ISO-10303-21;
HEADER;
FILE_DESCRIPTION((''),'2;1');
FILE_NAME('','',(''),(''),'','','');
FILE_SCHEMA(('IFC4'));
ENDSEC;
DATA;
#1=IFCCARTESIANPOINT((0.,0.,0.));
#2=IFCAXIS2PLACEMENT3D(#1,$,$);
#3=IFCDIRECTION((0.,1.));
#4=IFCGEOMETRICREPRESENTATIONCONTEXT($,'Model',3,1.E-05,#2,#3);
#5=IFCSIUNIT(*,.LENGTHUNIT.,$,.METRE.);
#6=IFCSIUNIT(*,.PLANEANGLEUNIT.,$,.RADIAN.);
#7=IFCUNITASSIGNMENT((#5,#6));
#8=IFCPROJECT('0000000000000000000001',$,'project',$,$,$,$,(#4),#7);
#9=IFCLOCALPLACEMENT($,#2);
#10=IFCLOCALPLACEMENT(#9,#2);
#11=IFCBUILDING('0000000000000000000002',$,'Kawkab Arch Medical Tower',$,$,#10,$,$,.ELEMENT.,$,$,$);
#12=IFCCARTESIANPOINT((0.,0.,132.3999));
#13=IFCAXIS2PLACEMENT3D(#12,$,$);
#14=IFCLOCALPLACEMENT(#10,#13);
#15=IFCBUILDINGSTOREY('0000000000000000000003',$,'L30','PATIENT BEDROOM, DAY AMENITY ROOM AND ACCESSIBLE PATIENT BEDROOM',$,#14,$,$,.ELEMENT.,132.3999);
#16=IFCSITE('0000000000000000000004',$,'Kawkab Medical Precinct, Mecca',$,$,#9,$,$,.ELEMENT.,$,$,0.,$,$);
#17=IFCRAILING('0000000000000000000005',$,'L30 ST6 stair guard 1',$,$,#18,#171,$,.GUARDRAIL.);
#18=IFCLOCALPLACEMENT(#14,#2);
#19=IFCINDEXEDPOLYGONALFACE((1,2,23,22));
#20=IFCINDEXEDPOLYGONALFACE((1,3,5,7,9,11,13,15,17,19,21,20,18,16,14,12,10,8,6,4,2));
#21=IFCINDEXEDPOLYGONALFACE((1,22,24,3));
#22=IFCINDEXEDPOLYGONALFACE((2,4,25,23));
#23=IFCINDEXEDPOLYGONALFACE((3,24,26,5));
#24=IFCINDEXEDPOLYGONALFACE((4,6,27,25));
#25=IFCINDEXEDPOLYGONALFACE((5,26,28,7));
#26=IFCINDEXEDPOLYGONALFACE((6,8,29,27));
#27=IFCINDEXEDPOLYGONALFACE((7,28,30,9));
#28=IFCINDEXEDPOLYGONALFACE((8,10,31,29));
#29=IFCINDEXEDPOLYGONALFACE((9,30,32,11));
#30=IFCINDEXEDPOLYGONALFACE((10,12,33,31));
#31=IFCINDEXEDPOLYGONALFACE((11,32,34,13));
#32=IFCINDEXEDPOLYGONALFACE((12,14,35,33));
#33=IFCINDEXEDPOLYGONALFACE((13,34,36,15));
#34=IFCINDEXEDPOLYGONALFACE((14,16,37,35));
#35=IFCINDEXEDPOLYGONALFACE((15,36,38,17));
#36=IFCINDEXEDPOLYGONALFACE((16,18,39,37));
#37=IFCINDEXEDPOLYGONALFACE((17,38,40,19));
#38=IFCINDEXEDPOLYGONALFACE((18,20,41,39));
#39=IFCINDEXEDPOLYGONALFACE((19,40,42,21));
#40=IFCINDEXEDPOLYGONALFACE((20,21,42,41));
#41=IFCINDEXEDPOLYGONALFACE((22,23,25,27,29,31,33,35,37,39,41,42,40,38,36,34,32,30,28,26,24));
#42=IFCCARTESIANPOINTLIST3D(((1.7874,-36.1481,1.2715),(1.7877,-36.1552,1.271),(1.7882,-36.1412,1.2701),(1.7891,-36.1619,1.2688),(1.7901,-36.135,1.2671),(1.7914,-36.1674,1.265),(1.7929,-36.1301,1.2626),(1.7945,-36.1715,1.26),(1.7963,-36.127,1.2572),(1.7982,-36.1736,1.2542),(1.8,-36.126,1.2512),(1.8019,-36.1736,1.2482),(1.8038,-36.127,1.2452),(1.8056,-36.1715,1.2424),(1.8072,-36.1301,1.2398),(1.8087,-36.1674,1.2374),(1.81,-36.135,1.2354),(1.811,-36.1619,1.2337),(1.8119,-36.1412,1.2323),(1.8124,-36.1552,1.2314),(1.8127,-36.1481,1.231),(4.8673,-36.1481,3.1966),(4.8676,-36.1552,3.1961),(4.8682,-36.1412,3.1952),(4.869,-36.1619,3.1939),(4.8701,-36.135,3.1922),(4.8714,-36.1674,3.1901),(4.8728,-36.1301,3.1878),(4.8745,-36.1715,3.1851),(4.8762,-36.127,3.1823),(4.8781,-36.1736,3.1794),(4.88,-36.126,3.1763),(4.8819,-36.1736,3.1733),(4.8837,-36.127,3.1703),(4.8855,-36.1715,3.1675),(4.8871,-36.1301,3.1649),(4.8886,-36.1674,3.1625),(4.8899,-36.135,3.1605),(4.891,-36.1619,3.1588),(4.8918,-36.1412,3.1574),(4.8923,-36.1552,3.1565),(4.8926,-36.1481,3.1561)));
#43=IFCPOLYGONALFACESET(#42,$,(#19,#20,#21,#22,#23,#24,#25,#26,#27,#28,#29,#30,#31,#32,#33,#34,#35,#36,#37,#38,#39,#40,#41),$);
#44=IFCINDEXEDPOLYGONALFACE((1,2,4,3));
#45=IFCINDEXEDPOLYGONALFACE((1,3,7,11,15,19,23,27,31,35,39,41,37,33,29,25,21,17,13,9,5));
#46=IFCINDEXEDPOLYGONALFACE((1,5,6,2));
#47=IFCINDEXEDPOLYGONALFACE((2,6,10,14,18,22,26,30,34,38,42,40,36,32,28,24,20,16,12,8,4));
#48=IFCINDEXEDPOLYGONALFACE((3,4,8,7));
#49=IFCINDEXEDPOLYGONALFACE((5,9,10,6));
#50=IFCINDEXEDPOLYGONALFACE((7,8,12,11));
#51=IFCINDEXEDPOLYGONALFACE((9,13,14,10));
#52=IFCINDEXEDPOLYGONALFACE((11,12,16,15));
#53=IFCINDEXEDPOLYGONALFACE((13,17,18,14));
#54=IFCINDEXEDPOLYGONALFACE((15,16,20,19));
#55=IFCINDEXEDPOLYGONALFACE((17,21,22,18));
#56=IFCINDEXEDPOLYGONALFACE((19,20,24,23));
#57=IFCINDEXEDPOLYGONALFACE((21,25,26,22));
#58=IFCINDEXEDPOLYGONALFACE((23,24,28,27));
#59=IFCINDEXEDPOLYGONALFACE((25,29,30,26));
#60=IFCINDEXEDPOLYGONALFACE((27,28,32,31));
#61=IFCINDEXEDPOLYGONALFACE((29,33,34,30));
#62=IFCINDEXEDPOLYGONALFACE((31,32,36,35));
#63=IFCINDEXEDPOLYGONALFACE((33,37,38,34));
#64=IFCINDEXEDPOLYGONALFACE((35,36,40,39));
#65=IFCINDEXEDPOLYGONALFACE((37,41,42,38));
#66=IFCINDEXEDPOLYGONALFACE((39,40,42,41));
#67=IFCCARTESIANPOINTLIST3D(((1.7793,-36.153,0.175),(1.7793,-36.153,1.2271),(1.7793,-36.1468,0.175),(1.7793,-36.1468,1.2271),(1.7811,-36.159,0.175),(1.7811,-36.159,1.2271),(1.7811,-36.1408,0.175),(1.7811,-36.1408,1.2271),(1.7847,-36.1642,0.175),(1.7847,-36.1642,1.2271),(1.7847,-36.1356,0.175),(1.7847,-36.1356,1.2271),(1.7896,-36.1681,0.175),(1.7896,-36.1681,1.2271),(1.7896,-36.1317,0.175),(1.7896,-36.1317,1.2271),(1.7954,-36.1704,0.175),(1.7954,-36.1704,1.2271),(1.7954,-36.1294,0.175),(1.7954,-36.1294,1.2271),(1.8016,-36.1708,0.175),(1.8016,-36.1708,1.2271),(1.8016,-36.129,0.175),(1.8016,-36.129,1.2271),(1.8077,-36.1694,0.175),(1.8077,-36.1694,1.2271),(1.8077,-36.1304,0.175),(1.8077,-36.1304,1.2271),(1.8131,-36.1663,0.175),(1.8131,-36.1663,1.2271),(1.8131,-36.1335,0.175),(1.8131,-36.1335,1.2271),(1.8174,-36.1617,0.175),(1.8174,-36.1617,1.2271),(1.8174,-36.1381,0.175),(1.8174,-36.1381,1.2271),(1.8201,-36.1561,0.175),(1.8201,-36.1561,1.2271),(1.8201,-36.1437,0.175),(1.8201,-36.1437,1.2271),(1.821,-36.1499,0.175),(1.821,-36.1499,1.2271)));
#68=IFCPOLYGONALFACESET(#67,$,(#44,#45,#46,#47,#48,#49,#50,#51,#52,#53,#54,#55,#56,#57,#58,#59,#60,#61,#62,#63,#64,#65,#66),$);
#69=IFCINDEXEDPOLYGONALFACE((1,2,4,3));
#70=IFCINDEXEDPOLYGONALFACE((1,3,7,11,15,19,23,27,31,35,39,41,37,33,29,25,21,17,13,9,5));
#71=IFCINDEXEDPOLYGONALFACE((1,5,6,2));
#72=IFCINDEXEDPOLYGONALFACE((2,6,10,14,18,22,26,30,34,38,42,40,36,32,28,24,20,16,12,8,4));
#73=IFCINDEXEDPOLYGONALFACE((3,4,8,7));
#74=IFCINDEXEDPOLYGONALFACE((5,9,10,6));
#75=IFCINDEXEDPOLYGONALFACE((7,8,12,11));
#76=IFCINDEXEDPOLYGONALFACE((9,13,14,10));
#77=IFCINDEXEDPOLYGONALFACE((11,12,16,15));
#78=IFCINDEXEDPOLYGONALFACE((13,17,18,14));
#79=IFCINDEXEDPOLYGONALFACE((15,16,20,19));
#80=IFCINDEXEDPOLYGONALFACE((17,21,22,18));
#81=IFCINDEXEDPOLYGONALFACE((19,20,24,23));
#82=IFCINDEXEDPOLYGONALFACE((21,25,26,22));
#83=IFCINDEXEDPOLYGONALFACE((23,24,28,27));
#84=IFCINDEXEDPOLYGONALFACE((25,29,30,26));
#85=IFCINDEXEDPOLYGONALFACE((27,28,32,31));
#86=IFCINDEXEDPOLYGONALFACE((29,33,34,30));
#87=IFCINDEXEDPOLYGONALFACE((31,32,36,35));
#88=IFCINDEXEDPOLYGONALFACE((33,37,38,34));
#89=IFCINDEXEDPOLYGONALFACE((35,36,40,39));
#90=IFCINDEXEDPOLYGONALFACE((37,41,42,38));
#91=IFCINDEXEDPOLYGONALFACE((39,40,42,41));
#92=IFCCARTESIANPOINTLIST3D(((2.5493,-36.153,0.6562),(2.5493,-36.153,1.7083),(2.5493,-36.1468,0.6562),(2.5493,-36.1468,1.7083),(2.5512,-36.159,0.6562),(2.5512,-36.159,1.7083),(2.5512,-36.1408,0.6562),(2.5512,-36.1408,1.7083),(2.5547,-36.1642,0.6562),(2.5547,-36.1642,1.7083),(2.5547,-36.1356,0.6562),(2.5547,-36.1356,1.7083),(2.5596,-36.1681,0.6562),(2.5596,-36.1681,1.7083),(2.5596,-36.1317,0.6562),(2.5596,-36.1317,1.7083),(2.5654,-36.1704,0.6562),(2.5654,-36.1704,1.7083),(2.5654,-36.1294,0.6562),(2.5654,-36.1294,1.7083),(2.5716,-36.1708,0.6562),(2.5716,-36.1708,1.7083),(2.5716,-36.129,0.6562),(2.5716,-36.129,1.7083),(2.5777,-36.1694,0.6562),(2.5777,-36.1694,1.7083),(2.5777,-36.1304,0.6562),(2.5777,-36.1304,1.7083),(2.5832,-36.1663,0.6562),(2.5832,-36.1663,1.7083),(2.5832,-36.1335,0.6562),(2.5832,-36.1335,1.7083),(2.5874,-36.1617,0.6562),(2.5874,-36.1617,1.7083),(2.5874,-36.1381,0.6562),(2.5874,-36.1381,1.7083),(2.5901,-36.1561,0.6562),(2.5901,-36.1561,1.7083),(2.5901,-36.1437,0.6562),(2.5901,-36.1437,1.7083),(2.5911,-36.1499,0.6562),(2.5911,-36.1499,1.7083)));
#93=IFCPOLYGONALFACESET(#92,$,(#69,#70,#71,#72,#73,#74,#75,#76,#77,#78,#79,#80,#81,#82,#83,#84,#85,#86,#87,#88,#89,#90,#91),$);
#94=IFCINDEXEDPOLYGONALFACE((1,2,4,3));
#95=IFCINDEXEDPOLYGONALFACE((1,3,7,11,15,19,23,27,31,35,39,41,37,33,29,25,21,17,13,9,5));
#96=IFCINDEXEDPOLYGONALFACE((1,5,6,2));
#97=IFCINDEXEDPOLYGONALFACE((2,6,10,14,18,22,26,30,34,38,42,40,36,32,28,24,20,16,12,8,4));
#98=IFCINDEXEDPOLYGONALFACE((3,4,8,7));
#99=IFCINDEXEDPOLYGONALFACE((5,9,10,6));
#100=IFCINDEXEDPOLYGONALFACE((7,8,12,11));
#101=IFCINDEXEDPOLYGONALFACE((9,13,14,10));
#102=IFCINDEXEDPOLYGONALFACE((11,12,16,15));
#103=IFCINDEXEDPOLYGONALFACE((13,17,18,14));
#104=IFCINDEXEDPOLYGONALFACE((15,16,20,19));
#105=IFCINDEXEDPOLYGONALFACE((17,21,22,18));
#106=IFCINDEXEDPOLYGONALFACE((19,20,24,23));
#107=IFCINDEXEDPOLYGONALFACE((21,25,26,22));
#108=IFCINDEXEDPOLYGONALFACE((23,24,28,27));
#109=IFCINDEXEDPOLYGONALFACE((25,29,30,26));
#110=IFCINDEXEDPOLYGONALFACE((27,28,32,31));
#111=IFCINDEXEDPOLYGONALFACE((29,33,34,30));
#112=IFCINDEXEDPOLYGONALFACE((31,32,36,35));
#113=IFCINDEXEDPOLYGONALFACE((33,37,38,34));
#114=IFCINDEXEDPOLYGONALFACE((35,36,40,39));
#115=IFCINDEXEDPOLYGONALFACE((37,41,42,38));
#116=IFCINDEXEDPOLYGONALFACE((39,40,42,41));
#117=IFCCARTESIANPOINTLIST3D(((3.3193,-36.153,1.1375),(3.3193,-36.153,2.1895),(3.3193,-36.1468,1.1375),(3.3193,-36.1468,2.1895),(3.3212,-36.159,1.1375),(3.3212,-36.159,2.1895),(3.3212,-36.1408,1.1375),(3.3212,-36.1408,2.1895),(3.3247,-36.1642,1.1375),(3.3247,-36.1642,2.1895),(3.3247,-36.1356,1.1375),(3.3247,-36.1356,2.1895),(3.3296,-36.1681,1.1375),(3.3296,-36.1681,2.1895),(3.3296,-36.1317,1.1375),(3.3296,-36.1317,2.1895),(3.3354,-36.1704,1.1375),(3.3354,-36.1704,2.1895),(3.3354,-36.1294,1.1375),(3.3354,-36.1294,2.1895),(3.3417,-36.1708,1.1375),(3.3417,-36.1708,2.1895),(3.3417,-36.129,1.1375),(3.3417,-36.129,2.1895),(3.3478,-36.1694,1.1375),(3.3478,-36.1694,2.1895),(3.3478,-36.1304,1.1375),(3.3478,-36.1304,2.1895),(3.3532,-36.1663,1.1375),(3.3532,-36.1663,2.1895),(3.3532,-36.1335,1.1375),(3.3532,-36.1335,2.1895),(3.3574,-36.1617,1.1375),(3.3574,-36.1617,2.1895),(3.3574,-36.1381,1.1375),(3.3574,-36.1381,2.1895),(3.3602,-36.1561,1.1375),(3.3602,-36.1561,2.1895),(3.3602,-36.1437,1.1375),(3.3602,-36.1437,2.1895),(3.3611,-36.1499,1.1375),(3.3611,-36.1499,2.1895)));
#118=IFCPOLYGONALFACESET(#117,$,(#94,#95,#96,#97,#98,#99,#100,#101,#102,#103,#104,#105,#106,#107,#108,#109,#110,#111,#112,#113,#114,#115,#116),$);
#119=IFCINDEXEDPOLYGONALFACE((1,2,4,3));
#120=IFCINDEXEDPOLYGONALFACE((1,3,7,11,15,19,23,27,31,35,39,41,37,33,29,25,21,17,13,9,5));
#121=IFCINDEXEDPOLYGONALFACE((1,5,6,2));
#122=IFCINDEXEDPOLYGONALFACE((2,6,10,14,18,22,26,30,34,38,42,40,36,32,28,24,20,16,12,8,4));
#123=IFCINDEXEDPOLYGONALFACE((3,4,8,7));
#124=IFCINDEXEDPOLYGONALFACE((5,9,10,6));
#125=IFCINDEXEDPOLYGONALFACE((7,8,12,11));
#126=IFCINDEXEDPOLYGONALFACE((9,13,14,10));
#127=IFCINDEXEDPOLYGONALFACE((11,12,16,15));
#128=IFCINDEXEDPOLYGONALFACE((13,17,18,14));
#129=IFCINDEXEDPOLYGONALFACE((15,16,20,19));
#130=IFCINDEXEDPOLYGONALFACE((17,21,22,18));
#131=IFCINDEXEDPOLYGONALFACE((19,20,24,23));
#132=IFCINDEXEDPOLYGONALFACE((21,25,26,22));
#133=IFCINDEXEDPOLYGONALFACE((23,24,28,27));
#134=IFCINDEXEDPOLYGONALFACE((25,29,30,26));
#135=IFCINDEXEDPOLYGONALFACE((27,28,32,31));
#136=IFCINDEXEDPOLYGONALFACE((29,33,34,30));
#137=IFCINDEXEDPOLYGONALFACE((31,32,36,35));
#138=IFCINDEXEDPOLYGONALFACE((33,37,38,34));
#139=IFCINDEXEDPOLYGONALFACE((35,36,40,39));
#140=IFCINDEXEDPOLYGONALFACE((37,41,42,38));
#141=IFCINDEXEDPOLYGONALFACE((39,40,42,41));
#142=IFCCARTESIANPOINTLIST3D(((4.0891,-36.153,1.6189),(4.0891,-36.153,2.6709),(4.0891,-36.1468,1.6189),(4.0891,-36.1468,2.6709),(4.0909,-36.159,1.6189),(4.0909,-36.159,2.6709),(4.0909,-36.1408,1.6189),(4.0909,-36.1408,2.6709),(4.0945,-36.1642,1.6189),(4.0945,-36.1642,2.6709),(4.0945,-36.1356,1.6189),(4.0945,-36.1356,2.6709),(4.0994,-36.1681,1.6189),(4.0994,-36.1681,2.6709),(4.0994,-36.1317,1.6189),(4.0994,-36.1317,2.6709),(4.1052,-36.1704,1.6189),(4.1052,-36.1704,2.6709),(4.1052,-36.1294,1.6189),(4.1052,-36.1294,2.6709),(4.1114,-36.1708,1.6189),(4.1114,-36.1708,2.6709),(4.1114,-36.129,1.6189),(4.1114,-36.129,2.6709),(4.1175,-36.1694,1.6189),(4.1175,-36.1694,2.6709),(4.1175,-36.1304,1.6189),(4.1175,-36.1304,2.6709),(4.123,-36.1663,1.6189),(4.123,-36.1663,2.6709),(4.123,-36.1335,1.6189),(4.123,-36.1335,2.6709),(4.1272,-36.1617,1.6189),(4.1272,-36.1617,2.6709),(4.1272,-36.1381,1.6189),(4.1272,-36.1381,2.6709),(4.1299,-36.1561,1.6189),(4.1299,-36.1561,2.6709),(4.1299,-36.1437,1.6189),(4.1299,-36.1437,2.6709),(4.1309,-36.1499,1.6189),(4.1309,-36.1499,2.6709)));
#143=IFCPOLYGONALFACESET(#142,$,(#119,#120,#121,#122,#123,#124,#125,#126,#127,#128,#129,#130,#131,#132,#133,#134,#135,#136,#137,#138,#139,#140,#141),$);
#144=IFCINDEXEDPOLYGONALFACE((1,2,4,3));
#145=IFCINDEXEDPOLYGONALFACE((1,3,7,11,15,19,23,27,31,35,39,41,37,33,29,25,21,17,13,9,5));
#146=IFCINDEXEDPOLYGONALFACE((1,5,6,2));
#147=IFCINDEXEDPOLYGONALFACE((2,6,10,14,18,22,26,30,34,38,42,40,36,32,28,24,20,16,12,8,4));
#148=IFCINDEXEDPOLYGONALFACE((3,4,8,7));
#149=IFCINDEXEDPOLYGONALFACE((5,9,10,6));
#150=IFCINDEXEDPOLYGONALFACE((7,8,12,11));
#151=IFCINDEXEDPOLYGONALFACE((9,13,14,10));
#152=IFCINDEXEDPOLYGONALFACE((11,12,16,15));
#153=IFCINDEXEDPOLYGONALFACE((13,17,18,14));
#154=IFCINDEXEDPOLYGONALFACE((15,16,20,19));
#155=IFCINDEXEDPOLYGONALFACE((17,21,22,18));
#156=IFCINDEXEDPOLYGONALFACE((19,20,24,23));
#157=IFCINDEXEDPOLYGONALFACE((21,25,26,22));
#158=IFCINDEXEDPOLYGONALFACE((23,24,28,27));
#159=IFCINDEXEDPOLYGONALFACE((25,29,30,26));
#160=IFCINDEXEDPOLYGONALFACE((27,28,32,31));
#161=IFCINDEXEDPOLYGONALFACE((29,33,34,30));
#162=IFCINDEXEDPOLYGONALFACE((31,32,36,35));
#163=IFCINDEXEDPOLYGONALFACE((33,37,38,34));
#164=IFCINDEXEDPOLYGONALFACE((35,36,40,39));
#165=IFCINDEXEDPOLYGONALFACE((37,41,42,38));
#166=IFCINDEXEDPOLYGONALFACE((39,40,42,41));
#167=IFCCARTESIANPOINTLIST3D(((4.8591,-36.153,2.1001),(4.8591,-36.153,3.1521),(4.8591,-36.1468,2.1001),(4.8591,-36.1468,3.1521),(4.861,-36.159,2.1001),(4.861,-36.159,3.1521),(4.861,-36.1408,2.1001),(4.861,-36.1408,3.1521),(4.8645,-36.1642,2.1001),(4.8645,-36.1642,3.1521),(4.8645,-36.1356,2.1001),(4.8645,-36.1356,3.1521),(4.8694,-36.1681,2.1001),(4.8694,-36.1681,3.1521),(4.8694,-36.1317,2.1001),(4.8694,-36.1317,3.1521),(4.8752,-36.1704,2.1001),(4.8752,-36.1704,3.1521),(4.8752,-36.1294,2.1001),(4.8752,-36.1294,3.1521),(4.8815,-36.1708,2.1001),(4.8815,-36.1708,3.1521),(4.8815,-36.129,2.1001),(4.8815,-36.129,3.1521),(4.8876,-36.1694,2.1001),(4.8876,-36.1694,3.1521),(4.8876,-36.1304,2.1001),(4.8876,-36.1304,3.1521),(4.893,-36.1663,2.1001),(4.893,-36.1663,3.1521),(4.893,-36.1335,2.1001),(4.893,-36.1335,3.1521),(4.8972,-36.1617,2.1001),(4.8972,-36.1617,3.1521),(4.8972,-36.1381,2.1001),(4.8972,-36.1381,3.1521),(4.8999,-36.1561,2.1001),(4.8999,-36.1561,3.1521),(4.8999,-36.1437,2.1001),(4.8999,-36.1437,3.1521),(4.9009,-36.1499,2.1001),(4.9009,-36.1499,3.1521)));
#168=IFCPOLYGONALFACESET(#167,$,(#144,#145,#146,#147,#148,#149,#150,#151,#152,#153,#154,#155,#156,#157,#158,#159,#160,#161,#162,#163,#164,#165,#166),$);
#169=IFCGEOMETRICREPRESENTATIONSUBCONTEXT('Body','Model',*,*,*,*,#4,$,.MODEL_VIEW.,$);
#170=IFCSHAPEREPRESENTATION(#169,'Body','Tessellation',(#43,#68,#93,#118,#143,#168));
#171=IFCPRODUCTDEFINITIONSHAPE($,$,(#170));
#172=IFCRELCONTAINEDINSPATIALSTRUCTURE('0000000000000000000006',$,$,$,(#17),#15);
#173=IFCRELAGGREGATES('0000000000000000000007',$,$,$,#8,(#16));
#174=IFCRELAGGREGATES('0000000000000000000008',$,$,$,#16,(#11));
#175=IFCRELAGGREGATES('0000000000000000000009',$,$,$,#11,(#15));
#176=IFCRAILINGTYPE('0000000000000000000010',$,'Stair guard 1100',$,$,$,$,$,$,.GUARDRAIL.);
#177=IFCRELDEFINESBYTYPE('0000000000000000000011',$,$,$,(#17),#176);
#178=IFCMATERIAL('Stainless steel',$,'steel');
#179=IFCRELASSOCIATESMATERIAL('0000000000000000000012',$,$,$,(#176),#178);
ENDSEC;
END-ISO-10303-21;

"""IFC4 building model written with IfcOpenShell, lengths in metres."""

from ifc_helpers import new_model, si_unit, direction, frame, origin, origin_2d, place, context, subcontext, project, spatial, circle, extrude, material, type_object, element, save


model = new_model("IFC4")

# Units and contexts
model_context = context("Model", 3, precision=1e-05, world=origin(), true_north=direction((0.0, 1.0)))
body_context = subcontext(model_context, "Body", "Model", "MODEL_VIEW")
ifc_project = project(units=[si_unit("LENGTHUNIT", "METRE"), si_unit("PLANEANGLEUNIT", "RADIAN")], contexts=[model_context])

# Site, building, storey
site_placement = place(None, origin())
site = spatial("IfcSite", under=ifc_project, at=site_placement, Name="Kawkab Medical Precinct, Mecca", CompositionType="ELEMENT", RefElevation=0.0)
building_placement = place(site_placement, origin())
building = spatial("IfcBuilding", under=site, at=building_placement, Name="Kawkab Arch Medical Tower", CompositionType="ELEMENT")
storey_placement = place(building_placement, frame((0.0, 0.0, 132.3999)))
storey = spatial("IfcBuildingStorey", under=building, at=storey_placement, Name="L30", Description="PATIENT BEDROOM, DAY AMENITY ROOM AND ACCESSIBLE PATIENT BEDROOM", CompositionType="ELEMENT", Elevation=132.3999)

# Railing
ifc_material_1 = material(Name="Stainless steel", Category="steel")
railing_type = type_object("IfcRailingType", Name="Stair guard 1100", PredefinedType="GUARDRAIL", material=ifc_material_1)
railing_1_placement = place(storey_placement, frame((1.8, -36.1499, 0.175)))
element("IfcRailing", 1, at=railing_1_placement, inside=storey, type_object=railing_type, Name="L30 ST6 stair guard 1", PredefinedType="GUARDRAIL", context=body_context, shape_type="SweptSolid", body=[
    extrude(circle(Radius=0.0239, at=origin_2d()), frame((0.0, 0.0, 1.0762), z_axis=(0.847979, 0.0, 0.530029), x_axis=(0.0, 1.0, 0.0)), (0.0, 0.0, 1.0), 3.6321),
    extrude(circle(Radius=0.021, at=origin_2d()), origin(), (0.0, 0.0, 1.0), 1.052),
    extrude(circle(Radius=0.021, at=origin_2d()), frame((0.77, 0.0, 0.4812)), (0.0, 0.0, 1.0), 1.052),
    extrude(circle(Radius=0.021, at=origin_2d()), frame((1.54, 0.0, 0.9624)), (0.0, 0.0, 1.0), 1.052),
    extrude(circle(Radius=0.021, at=origin_2d()), frame((2.3098, 0.0, 1.4438)), (0.0, 0.0, 1.0), 1.052),
    extrude(circle(Radius=0.021, at=origin_2d()), frame((3.0798, 0.0, 1.925)), (0.0, 0.0, 1.0), 1.052),
])

save(model, "model.ifc")
